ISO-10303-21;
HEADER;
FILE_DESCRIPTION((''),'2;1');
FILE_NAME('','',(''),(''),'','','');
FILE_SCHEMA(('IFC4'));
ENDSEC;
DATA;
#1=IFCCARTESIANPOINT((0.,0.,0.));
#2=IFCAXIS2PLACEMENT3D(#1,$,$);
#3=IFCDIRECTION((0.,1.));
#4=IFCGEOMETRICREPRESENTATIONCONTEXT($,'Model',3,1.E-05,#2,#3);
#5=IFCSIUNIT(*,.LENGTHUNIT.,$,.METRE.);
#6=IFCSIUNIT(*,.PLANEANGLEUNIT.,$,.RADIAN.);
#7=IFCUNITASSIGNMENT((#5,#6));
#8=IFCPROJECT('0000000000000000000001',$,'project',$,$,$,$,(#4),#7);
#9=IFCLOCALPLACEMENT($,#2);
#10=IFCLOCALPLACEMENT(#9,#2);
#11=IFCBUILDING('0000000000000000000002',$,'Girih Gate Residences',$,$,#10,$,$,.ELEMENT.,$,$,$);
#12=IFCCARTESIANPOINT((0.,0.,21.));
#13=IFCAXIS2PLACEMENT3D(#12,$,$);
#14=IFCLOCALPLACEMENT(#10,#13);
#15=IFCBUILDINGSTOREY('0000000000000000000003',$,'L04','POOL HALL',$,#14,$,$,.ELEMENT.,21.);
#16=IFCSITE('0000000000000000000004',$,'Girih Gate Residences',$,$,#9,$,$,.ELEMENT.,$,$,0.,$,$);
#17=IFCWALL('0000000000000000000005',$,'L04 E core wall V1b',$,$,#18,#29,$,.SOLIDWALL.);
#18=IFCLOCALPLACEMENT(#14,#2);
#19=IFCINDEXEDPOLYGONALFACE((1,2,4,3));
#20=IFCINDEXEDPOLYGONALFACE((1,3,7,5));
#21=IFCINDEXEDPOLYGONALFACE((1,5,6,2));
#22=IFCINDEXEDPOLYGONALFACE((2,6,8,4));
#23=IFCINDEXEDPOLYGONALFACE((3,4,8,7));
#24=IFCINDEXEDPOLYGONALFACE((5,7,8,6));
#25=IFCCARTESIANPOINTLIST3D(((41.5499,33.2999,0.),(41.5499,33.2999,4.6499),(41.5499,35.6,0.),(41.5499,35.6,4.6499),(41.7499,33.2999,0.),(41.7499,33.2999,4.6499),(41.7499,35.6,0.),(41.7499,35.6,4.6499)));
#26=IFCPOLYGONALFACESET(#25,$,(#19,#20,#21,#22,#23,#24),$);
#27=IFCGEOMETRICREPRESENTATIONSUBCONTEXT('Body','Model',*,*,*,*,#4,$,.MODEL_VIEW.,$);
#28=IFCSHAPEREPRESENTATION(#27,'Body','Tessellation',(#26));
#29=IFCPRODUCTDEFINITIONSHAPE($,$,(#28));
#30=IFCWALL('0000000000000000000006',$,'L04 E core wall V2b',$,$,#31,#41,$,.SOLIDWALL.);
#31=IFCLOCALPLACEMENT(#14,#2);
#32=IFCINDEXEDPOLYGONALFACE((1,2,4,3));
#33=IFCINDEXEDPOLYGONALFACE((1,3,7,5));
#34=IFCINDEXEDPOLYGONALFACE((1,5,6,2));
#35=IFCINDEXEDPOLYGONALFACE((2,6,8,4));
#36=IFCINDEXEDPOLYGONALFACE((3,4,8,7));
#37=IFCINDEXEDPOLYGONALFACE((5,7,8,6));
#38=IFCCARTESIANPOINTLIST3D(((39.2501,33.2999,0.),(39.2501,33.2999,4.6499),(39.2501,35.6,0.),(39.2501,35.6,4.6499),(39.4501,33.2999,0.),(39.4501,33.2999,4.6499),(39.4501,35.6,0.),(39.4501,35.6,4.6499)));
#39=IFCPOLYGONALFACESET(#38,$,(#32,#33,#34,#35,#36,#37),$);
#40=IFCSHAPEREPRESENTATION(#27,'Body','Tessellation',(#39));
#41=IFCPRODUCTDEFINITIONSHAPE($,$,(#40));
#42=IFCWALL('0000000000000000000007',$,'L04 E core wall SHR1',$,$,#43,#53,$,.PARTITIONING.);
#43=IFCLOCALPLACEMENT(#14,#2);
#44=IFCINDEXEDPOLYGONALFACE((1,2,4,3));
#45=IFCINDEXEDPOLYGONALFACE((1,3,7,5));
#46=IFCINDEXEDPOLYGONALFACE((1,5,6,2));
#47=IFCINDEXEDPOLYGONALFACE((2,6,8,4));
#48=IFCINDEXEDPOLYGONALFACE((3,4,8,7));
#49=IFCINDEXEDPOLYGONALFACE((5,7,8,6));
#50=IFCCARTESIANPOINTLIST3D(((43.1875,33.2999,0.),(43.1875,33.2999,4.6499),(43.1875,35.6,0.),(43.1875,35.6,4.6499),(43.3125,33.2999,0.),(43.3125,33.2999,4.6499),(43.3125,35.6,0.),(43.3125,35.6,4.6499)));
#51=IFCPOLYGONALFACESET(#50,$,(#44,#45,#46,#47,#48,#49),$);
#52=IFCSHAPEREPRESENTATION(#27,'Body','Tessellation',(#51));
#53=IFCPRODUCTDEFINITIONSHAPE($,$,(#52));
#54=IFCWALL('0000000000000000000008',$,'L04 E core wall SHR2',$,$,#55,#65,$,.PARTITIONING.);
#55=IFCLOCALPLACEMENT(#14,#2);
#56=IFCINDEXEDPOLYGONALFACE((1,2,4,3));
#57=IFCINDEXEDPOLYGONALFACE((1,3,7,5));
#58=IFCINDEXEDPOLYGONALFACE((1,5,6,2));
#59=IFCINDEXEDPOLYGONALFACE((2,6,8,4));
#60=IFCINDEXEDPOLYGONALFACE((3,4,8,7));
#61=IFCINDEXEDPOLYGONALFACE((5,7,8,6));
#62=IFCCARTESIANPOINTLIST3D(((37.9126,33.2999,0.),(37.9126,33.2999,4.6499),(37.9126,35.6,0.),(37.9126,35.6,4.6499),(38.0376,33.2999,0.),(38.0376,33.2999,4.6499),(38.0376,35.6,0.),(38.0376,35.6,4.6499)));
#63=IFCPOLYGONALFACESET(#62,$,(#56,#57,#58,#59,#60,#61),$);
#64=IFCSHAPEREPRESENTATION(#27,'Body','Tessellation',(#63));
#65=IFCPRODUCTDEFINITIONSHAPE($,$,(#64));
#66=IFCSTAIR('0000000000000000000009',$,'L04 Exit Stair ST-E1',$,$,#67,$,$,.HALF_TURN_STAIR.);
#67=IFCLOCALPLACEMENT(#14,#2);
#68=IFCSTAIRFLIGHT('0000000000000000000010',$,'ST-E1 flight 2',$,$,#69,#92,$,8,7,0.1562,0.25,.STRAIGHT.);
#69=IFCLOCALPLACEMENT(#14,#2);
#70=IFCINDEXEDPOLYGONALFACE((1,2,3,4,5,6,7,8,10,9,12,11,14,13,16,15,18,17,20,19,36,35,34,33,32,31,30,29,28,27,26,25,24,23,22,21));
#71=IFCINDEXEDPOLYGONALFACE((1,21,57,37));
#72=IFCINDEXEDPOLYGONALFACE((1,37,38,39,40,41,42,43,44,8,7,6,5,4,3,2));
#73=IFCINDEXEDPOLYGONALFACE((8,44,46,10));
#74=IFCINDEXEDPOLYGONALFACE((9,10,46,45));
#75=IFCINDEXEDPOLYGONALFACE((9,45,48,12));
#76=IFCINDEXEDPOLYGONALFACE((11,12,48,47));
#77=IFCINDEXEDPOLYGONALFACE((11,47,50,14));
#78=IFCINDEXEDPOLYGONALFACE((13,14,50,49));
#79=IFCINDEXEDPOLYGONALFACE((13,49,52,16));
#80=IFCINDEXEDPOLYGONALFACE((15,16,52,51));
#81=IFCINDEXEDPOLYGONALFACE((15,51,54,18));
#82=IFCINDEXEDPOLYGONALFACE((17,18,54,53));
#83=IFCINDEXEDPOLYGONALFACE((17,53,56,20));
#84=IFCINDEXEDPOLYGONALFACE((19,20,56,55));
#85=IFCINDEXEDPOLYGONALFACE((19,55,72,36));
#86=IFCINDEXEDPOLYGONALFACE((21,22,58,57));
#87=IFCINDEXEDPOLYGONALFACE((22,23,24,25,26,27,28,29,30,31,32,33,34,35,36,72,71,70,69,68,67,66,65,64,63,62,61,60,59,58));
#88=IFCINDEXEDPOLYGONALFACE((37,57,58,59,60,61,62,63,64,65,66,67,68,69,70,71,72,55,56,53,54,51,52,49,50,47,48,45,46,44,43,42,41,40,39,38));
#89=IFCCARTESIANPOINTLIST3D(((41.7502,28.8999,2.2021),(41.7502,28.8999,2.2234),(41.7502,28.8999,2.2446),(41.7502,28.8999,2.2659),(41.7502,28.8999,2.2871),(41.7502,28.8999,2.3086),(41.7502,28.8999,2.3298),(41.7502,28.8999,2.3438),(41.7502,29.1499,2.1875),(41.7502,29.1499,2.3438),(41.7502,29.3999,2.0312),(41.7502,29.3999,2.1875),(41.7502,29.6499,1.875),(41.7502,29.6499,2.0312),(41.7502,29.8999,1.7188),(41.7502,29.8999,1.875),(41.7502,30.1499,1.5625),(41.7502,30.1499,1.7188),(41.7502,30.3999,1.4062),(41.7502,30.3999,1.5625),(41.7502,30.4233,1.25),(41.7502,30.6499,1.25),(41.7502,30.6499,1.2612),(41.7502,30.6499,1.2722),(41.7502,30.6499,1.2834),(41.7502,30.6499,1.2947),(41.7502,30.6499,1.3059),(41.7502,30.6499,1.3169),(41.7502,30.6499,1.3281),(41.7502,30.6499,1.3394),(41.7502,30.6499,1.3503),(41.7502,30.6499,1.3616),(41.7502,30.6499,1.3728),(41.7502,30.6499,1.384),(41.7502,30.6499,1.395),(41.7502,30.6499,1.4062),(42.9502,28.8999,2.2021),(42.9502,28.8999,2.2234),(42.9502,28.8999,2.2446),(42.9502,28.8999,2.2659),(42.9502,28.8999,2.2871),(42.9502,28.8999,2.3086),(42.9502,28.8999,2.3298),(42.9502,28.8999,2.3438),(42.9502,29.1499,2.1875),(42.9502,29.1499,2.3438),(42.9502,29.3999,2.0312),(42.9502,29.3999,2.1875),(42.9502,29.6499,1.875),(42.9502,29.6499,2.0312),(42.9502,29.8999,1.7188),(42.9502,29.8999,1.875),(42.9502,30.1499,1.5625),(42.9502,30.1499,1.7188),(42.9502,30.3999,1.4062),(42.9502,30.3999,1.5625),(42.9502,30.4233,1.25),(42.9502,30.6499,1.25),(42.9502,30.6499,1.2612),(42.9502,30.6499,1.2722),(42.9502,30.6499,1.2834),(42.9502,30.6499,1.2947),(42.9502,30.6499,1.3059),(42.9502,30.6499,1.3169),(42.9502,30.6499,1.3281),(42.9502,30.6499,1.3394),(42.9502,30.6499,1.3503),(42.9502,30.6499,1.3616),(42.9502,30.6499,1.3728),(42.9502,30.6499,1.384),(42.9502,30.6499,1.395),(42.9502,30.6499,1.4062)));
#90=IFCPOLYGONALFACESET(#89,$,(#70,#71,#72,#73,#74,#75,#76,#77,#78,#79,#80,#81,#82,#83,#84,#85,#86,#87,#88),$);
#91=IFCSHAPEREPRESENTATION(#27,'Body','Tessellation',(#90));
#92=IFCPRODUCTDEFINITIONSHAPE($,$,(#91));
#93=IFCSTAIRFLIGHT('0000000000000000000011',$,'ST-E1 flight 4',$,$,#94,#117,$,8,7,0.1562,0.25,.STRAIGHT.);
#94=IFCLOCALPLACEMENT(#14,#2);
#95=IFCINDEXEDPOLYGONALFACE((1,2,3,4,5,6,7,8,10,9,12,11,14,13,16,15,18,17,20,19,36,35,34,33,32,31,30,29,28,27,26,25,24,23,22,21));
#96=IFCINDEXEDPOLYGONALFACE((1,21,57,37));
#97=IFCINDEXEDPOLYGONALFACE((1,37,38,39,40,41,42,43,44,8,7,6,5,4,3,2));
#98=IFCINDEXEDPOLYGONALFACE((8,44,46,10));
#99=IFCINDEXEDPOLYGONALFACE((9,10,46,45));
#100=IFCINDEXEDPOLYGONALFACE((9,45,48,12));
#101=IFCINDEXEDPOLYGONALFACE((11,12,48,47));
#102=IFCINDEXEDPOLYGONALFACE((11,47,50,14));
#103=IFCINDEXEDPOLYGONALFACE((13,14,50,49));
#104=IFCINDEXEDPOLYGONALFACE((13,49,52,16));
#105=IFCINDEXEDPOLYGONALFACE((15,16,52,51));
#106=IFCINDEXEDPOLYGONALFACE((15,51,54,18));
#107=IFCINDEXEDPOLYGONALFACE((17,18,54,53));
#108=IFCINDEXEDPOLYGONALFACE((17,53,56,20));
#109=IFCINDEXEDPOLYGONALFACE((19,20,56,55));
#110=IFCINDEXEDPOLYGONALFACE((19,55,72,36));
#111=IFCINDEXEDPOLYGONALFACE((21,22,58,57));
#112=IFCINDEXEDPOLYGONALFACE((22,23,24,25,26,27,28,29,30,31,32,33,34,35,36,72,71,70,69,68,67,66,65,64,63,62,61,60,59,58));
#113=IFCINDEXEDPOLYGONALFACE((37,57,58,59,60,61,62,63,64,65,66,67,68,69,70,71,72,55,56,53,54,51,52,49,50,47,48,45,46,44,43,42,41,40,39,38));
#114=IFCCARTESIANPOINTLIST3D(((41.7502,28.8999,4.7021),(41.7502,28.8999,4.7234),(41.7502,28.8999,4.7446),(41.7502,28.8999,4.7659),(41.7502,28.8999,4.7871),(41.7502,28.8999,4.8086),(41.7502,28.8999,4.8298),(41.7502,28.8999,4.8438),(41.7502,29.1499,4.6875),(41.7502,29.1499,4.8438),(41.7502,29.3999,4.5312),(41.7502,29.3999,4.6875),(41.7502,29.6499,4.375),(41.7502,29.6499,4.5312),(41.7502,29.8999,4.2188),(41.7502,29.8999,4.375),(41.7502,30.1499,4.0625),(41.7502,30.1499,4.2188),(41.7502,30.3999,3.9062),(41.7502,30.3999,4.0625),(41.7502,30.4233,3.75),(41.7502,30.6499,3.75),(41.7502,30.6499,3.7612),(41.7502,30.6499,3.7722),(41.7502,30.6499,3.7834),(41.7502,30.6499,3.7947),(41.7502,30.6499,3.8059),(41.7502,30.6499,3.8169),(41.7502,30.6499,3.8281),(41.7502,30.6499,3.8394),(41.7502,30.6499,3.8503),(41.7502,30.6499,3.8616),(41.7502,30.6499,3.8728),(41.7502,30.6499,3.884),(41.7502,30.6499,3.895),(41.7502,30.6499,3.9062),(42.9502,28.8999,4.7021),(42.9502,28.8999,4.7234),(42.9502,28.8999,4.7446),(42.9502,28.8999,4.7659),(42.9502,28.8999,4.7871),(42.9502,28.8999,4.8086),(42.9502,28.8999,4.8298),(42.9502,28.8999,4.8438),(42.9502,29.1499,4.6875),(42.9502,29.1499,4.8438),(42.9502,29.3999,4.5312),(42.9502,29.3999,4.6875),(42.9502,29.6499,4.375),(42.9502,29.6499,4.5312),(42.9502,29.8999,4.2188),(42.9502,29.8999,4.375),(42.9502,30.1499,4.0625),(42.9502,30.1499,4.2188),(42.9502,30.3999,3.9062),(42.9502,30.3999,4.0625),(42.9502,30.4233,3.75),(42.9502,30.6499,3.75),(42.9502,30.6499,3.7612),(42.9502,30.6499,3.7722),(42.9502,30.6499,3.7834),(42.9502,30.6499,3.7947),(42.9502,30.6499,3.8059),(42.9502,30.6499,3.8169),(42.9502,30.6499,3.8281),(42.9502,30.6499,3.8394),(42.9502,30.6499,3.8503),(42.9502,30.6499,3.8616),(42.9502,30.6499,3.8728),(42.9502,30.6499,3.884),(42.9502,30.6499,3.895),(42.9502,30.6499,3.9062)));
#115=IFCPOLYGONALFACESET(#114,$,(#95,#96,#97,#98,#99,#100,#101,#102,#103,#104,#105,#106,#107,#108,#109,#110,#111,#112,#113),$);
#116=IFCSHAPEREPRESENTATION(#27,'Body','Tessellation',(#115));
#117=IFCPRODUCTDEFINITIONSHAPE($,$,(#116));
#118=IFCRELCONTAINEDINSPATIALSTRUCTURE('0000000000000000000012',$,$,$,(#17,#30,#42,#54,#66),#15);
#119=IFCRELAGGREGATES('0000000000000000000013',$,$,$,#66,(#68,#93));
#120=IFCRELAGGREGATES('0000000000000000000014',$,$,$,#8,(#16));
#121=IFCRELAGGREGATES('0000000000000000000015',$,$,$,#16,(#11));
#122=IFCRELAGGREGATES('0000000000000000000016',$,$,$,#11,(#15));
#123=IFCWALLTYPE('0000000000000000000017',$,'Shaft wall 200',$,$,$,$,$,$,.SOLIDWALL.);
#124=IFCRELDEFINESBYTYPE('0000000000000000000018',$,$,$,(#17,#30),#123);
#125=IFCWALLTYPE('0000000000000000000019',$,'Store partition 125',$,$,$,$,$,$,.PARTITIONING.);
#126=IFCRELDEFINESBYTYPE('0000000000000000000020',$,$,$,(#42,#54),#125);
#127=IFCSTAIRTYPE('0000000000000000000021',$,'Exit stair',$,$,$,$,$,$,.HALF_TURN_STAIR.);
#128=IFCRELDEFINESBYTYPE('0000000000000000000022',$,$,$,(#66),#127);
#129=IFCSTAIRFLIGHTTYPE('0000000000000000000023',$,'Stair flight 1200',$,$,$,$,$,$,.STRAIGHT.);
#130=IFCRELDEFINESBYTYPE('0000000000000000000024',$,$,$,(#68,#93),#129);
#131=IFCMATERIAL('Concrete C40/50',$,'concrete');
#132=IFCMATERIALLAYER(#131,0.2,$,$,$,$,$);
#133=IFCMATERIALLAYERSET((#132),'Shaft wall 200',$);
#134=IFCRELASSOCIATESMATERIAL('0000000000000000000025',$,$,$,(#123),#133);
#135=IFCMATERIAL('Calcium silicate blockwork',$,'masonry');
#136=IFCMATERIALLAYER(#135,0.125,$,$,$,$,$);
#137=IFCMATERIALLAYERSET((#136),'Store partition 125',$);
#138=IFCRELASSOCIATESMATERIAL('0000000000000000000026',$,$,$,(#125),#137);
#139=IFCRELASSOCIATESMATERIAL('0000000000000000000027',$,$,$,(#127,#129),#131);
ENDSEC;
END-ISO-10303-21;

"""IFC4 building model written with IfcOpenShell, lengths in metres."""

from ifc_helpers import new_model, si_unit, direction, frame, frame_2d, origin, place, context, subcontext, project, spatial, polyline, rectangle, outline, extrude, material, layer, layer_set, type_object, element, aggregate, save


model = new_model("IFC4")

# Units and contexts
model_context = context("Model", 3, precision=1e-05, world=origin(), true_north=direction((0.0, 1.0)))
body_context = subcontext(model_context, "Body", "Model", "MODEL_VIEW")
ifc_project = project(units=[si_unit("LENGTHUNIT", "METRE"), si_unit("PLANEANGLEUNIT", "RADIAN")], contexts=[model_context])

# Site, building, storey
site_placement = place(None, origin())
site = spatial("IfcSite", under=ifc_project, at=site_placement, Name="Girih Gate Residences", CompositionType="ELEMENT", RefElevation=0.0)
building_placement = place(site_placement, origin())
building = spatial("IfcBuilding", under=site, at=building_placement, Name="Girih Gate Residences", CompositionType="ELEMENT")
storey_placement = place(building_placement, frame((0.0, 0.0, 21.0)))
storey = spatial("IfcBuildingStorey", under=building, at=storey_placement, Name="L04", Description="POOL HALL", CompositionType="ELEMENT", Elevation=21.0)

# Walls
ifc_material_1 = material(Name="Concrete C40/50", Category="concrete")
ifc_layer_1 = layer(ifc_material_1, 0.2)
ifc_layer_set_1 = layer_set([ifc_layer_1], Name="Shaft wall 200")
wall_type_1 = type_object("IfcWallType", Name="Shaft wall 200", PredefinedType="SOLIDWALL", material=ifc_layer_set_1)
for number, where, z_axis, x_axis, name in (
    (1, (41.6499, 33.3, 0.0), (0.0, 0.0, 1.0), (0.0, 1.0, 0.0), "L04 E core wall V1b"),
    (2, (39.3501, 33.3, 0.0), (0.0, 0.0, 1.0), (0.0, 1.0, 0.0), "L04 E core wall V2b"),
):
    element("IfcWall", number, at=place(storey_placement, frame(where, z_axis=z_axis, x_axis=x_axis)), inside=storey, type_object=wall_type_1, Name=name, PredefinedType="SOLIDWALL", context=body_context, shape_type="SweptSolid", body=[
        extrude(rectangle(XDim=2.3, YDim=0.2, at=frame_2d((1.1499, 0.0))), origin(), (0.0, 0.0, 1.0), 4.6499),
    ])
ifc_material_2 = material(Name="Calcium silicate blockwork", Category="masonry")
ifc_layer_2 = layer(ifc_material_2, 0.125)
ifc_layer_set_2 = layer_set([ifc_layer_2], Name="Store partition 125")
wall_type_2 = type_object("IfcWallType", Name="Store partition 125", PredefinedType="PARTITIONING", material=ifc_layer_set_2)
for number, where, z_axis, x_axis, name in (
    (3, (43.25, 33.3, 0.0), (0.0, 0.0, 1.0), (0.0, 1.0, 0.0), "L04 E core wall SHR1"),
    (4, (37.9751, 33.3, 0.0), (0.0, 0.0, 1.0), (0.0, 1.0, 0.0), "L04 E core wall SHR2"),
):
    element("IfcWall", number, at=place(storey_placement, frame(where, z_axis=z_axis, x_axis=x_axis)), inside=storey, type_object=wall_type_2, Name=name, PredefinedType="PARTITIONING", context=body_context, shape_type="SweptSolid", body=[
        extrude(rectangle(XDim=2.3, YDim=0.125, at=frame_2d((1.1499, 0.0))), origin(), (0.0, 0.0, 1.0), 4.6499),
    ])

# Stair, stair flights
stair_type = type_object("IfcStairType", Name="Exit stair", PredefinedType="HALF_TURN_STAIR", material=ifc_material_1)
stair_placement = place(storey_placement, origin())
stair = element("IfcStair", 5, at=stair_placement, inside=storey, type_object=stair_type, Name="L04 Exit Stair ST-E1", PredefinedType="HALF_TURN_STAIR")
stair_flight_type = type_object("IfcStairFlightType", Name="Stair flight 1200", PredefinedType="STRAIGHT", material=ifc_material_1)
stair_flight_1_placement = place(storey_placement, frame((42.3501, 30.6499, 1.25), z_axis=(0.0, 0.0, 1.0), x_axis=(0.0, -1.0, 0.0)))
stair_flight_1 = element("IfcStairFlight", 6, at=stair_flight_1_placement, type_object=stair_flight_type, Name="ST-E1 flight 2", NumberOfRisers=8, NumberOfTreads=7, PredefinedType="STRAIGHT", RiserHeight=0.1562, TreadLength=0.25, context=body_context, shape_type="SweptSolid", body=[
    extrude(outline(polyline([(0.0, 0.0), (0.0, 0.0112), (0.0, 0.0222), (0.0, 0.0334), (0.0, 0.0447), (0.0, 0.0559), (0.0, 0.0669), (0.0, 0.0781), (0.0, 0.0894), (0.0, 0.1003), (0.0, 0.1116), (0.0, 0.1228), (0.0, 0.134), (0.0, 0.145), (0.0, 0.1562), (0.25, 0.1562), (0.25, 0.3125), (0.5, 0.3125), (0.5, 0.4688), (0.75, 0.4688), (0.75, 0.625), (1.0, 0.625), (1.0, 0.7812), (1.25, 0.7812), (1.25, 0.9375), (1.5, 0.9375), (1.5, 1.0938), (1.75, 1.0938), (1.75, 1.105), (1.75, 1.116), (1.75, 1.1272), (1.75, 1.1384), (1.75, 1.1497), (1.75, 1.1606), (1.75, 1.1719), (1.75, 1.1831), (1.75, 1.1941), (1.75, 1.2053), (1.75, 1.2166), (1.75, 1.2278), (1.75, 1.2388), (1.75, 1.25), (1.75, 1.2288), (1.75, 1.2075), (1.75, 1.1863), (1.75, 1.1648), (1.75, 1.1436), (1.75, 1.1223), (1.75, 1.1011), (1.75, 1.0798), (1.75, 1.0586), (1.75, 1.0371), (1.75, 1.0159), (1.75, 0.9946), (1.75, 0.9734), (1.75, 0.9521), (0.2266, 0.0), (0.0, 0.0)])), frame((0.0, 0.6001, 0.0), z_axis=(0.0, -1.0, 0.0), x_axis=(1.0, 0.0, 0.0)), (0.0, 0.0, 1.0), 1.2),
])
stair_flight_2_placement = place(storey_placement, frame((42.3501, 30.6499, 3.75), z_axis=(0.0, 0.0, 1.0), x_axis=(0.0, -1.0, 0.0)))
stair_flight_2 = element("IfcStairFlight", 7, at=stair_flight_2_placement, type_object=stair_flight_type, Name="ST-E1 flight 4", NumberOfRisers=8, NumberOfTreads=7, PredefinedType="STRAIGHT", RiserHeight=0.1562, TreadLength=0.25, context=body_context, shape_type="SweptSolid", body=[
    extrude(outline(polyline([(0.0, 0.0), (0.0, 0.0112), (0.0, 0.0222), (0.0, 0.0334), (0.0, 0.0447), (0.0, 0.0559), (0.0, 0.0669), (0.0, 0.0781), (0.0, 0.0894), (0.0, 0.1003), (0.0, 0.1116), (0.0, 0.1228), (0.0, 0.134), (0.0, 0.145), (0.0, 0.1562), (0.25, 0.1562), (0.25, 0.3125), (0.5, 0.3125), (0.5, 0.4688), (0.75, 0.4688), (0.75, 0.625), (1.0, 0.625), (1.0, 0.7812), (1.25, 0.7812), (1.25, 0.9375), (1.5, 0.9375), (1.5, 1.0938), (1.75, 1.0938), (1.75, 1.105), (1.75, 1.116), (1.75, 1.1272), (1.75, 1.1384), (1.75, 1.1497), (1.75, 1.1606), (1.75, 1.1719), (1.75, 1.1831), (1.75, 1.1941), (1.75, 1.2053), (1.75, 1.2166), (1.75, 1.2278), (1.75, 1.2388), (1.75, 1.25), (1.75, 1.2288), (1.75, 1.2075), (1.75, 1.1863), (1.75, 1.1648), (1.75, 1.1436), (1.75, 1.1223), (1.75, 1.1011), (1.75, 1.0798), (1.75, 1.0586), (1.75, 1.0371), (1.75, 1.0159), (1.75, 0.9946), (1.75, 0.9734), (1.75, 0.9521), (0.2266, 0.0), (0.0, 0.0)])), frame((0.0, 0.6001, 0.0), z_axis=(0.0, -1.0, 0.0), x_axis=(1.0, 0.0, 0.0)), (0.0, 0.0, 1.0), 1.2),
])
aggregate(stair, [stair_flight_1, stair_flight_2])

save(model, "model.ifc")
